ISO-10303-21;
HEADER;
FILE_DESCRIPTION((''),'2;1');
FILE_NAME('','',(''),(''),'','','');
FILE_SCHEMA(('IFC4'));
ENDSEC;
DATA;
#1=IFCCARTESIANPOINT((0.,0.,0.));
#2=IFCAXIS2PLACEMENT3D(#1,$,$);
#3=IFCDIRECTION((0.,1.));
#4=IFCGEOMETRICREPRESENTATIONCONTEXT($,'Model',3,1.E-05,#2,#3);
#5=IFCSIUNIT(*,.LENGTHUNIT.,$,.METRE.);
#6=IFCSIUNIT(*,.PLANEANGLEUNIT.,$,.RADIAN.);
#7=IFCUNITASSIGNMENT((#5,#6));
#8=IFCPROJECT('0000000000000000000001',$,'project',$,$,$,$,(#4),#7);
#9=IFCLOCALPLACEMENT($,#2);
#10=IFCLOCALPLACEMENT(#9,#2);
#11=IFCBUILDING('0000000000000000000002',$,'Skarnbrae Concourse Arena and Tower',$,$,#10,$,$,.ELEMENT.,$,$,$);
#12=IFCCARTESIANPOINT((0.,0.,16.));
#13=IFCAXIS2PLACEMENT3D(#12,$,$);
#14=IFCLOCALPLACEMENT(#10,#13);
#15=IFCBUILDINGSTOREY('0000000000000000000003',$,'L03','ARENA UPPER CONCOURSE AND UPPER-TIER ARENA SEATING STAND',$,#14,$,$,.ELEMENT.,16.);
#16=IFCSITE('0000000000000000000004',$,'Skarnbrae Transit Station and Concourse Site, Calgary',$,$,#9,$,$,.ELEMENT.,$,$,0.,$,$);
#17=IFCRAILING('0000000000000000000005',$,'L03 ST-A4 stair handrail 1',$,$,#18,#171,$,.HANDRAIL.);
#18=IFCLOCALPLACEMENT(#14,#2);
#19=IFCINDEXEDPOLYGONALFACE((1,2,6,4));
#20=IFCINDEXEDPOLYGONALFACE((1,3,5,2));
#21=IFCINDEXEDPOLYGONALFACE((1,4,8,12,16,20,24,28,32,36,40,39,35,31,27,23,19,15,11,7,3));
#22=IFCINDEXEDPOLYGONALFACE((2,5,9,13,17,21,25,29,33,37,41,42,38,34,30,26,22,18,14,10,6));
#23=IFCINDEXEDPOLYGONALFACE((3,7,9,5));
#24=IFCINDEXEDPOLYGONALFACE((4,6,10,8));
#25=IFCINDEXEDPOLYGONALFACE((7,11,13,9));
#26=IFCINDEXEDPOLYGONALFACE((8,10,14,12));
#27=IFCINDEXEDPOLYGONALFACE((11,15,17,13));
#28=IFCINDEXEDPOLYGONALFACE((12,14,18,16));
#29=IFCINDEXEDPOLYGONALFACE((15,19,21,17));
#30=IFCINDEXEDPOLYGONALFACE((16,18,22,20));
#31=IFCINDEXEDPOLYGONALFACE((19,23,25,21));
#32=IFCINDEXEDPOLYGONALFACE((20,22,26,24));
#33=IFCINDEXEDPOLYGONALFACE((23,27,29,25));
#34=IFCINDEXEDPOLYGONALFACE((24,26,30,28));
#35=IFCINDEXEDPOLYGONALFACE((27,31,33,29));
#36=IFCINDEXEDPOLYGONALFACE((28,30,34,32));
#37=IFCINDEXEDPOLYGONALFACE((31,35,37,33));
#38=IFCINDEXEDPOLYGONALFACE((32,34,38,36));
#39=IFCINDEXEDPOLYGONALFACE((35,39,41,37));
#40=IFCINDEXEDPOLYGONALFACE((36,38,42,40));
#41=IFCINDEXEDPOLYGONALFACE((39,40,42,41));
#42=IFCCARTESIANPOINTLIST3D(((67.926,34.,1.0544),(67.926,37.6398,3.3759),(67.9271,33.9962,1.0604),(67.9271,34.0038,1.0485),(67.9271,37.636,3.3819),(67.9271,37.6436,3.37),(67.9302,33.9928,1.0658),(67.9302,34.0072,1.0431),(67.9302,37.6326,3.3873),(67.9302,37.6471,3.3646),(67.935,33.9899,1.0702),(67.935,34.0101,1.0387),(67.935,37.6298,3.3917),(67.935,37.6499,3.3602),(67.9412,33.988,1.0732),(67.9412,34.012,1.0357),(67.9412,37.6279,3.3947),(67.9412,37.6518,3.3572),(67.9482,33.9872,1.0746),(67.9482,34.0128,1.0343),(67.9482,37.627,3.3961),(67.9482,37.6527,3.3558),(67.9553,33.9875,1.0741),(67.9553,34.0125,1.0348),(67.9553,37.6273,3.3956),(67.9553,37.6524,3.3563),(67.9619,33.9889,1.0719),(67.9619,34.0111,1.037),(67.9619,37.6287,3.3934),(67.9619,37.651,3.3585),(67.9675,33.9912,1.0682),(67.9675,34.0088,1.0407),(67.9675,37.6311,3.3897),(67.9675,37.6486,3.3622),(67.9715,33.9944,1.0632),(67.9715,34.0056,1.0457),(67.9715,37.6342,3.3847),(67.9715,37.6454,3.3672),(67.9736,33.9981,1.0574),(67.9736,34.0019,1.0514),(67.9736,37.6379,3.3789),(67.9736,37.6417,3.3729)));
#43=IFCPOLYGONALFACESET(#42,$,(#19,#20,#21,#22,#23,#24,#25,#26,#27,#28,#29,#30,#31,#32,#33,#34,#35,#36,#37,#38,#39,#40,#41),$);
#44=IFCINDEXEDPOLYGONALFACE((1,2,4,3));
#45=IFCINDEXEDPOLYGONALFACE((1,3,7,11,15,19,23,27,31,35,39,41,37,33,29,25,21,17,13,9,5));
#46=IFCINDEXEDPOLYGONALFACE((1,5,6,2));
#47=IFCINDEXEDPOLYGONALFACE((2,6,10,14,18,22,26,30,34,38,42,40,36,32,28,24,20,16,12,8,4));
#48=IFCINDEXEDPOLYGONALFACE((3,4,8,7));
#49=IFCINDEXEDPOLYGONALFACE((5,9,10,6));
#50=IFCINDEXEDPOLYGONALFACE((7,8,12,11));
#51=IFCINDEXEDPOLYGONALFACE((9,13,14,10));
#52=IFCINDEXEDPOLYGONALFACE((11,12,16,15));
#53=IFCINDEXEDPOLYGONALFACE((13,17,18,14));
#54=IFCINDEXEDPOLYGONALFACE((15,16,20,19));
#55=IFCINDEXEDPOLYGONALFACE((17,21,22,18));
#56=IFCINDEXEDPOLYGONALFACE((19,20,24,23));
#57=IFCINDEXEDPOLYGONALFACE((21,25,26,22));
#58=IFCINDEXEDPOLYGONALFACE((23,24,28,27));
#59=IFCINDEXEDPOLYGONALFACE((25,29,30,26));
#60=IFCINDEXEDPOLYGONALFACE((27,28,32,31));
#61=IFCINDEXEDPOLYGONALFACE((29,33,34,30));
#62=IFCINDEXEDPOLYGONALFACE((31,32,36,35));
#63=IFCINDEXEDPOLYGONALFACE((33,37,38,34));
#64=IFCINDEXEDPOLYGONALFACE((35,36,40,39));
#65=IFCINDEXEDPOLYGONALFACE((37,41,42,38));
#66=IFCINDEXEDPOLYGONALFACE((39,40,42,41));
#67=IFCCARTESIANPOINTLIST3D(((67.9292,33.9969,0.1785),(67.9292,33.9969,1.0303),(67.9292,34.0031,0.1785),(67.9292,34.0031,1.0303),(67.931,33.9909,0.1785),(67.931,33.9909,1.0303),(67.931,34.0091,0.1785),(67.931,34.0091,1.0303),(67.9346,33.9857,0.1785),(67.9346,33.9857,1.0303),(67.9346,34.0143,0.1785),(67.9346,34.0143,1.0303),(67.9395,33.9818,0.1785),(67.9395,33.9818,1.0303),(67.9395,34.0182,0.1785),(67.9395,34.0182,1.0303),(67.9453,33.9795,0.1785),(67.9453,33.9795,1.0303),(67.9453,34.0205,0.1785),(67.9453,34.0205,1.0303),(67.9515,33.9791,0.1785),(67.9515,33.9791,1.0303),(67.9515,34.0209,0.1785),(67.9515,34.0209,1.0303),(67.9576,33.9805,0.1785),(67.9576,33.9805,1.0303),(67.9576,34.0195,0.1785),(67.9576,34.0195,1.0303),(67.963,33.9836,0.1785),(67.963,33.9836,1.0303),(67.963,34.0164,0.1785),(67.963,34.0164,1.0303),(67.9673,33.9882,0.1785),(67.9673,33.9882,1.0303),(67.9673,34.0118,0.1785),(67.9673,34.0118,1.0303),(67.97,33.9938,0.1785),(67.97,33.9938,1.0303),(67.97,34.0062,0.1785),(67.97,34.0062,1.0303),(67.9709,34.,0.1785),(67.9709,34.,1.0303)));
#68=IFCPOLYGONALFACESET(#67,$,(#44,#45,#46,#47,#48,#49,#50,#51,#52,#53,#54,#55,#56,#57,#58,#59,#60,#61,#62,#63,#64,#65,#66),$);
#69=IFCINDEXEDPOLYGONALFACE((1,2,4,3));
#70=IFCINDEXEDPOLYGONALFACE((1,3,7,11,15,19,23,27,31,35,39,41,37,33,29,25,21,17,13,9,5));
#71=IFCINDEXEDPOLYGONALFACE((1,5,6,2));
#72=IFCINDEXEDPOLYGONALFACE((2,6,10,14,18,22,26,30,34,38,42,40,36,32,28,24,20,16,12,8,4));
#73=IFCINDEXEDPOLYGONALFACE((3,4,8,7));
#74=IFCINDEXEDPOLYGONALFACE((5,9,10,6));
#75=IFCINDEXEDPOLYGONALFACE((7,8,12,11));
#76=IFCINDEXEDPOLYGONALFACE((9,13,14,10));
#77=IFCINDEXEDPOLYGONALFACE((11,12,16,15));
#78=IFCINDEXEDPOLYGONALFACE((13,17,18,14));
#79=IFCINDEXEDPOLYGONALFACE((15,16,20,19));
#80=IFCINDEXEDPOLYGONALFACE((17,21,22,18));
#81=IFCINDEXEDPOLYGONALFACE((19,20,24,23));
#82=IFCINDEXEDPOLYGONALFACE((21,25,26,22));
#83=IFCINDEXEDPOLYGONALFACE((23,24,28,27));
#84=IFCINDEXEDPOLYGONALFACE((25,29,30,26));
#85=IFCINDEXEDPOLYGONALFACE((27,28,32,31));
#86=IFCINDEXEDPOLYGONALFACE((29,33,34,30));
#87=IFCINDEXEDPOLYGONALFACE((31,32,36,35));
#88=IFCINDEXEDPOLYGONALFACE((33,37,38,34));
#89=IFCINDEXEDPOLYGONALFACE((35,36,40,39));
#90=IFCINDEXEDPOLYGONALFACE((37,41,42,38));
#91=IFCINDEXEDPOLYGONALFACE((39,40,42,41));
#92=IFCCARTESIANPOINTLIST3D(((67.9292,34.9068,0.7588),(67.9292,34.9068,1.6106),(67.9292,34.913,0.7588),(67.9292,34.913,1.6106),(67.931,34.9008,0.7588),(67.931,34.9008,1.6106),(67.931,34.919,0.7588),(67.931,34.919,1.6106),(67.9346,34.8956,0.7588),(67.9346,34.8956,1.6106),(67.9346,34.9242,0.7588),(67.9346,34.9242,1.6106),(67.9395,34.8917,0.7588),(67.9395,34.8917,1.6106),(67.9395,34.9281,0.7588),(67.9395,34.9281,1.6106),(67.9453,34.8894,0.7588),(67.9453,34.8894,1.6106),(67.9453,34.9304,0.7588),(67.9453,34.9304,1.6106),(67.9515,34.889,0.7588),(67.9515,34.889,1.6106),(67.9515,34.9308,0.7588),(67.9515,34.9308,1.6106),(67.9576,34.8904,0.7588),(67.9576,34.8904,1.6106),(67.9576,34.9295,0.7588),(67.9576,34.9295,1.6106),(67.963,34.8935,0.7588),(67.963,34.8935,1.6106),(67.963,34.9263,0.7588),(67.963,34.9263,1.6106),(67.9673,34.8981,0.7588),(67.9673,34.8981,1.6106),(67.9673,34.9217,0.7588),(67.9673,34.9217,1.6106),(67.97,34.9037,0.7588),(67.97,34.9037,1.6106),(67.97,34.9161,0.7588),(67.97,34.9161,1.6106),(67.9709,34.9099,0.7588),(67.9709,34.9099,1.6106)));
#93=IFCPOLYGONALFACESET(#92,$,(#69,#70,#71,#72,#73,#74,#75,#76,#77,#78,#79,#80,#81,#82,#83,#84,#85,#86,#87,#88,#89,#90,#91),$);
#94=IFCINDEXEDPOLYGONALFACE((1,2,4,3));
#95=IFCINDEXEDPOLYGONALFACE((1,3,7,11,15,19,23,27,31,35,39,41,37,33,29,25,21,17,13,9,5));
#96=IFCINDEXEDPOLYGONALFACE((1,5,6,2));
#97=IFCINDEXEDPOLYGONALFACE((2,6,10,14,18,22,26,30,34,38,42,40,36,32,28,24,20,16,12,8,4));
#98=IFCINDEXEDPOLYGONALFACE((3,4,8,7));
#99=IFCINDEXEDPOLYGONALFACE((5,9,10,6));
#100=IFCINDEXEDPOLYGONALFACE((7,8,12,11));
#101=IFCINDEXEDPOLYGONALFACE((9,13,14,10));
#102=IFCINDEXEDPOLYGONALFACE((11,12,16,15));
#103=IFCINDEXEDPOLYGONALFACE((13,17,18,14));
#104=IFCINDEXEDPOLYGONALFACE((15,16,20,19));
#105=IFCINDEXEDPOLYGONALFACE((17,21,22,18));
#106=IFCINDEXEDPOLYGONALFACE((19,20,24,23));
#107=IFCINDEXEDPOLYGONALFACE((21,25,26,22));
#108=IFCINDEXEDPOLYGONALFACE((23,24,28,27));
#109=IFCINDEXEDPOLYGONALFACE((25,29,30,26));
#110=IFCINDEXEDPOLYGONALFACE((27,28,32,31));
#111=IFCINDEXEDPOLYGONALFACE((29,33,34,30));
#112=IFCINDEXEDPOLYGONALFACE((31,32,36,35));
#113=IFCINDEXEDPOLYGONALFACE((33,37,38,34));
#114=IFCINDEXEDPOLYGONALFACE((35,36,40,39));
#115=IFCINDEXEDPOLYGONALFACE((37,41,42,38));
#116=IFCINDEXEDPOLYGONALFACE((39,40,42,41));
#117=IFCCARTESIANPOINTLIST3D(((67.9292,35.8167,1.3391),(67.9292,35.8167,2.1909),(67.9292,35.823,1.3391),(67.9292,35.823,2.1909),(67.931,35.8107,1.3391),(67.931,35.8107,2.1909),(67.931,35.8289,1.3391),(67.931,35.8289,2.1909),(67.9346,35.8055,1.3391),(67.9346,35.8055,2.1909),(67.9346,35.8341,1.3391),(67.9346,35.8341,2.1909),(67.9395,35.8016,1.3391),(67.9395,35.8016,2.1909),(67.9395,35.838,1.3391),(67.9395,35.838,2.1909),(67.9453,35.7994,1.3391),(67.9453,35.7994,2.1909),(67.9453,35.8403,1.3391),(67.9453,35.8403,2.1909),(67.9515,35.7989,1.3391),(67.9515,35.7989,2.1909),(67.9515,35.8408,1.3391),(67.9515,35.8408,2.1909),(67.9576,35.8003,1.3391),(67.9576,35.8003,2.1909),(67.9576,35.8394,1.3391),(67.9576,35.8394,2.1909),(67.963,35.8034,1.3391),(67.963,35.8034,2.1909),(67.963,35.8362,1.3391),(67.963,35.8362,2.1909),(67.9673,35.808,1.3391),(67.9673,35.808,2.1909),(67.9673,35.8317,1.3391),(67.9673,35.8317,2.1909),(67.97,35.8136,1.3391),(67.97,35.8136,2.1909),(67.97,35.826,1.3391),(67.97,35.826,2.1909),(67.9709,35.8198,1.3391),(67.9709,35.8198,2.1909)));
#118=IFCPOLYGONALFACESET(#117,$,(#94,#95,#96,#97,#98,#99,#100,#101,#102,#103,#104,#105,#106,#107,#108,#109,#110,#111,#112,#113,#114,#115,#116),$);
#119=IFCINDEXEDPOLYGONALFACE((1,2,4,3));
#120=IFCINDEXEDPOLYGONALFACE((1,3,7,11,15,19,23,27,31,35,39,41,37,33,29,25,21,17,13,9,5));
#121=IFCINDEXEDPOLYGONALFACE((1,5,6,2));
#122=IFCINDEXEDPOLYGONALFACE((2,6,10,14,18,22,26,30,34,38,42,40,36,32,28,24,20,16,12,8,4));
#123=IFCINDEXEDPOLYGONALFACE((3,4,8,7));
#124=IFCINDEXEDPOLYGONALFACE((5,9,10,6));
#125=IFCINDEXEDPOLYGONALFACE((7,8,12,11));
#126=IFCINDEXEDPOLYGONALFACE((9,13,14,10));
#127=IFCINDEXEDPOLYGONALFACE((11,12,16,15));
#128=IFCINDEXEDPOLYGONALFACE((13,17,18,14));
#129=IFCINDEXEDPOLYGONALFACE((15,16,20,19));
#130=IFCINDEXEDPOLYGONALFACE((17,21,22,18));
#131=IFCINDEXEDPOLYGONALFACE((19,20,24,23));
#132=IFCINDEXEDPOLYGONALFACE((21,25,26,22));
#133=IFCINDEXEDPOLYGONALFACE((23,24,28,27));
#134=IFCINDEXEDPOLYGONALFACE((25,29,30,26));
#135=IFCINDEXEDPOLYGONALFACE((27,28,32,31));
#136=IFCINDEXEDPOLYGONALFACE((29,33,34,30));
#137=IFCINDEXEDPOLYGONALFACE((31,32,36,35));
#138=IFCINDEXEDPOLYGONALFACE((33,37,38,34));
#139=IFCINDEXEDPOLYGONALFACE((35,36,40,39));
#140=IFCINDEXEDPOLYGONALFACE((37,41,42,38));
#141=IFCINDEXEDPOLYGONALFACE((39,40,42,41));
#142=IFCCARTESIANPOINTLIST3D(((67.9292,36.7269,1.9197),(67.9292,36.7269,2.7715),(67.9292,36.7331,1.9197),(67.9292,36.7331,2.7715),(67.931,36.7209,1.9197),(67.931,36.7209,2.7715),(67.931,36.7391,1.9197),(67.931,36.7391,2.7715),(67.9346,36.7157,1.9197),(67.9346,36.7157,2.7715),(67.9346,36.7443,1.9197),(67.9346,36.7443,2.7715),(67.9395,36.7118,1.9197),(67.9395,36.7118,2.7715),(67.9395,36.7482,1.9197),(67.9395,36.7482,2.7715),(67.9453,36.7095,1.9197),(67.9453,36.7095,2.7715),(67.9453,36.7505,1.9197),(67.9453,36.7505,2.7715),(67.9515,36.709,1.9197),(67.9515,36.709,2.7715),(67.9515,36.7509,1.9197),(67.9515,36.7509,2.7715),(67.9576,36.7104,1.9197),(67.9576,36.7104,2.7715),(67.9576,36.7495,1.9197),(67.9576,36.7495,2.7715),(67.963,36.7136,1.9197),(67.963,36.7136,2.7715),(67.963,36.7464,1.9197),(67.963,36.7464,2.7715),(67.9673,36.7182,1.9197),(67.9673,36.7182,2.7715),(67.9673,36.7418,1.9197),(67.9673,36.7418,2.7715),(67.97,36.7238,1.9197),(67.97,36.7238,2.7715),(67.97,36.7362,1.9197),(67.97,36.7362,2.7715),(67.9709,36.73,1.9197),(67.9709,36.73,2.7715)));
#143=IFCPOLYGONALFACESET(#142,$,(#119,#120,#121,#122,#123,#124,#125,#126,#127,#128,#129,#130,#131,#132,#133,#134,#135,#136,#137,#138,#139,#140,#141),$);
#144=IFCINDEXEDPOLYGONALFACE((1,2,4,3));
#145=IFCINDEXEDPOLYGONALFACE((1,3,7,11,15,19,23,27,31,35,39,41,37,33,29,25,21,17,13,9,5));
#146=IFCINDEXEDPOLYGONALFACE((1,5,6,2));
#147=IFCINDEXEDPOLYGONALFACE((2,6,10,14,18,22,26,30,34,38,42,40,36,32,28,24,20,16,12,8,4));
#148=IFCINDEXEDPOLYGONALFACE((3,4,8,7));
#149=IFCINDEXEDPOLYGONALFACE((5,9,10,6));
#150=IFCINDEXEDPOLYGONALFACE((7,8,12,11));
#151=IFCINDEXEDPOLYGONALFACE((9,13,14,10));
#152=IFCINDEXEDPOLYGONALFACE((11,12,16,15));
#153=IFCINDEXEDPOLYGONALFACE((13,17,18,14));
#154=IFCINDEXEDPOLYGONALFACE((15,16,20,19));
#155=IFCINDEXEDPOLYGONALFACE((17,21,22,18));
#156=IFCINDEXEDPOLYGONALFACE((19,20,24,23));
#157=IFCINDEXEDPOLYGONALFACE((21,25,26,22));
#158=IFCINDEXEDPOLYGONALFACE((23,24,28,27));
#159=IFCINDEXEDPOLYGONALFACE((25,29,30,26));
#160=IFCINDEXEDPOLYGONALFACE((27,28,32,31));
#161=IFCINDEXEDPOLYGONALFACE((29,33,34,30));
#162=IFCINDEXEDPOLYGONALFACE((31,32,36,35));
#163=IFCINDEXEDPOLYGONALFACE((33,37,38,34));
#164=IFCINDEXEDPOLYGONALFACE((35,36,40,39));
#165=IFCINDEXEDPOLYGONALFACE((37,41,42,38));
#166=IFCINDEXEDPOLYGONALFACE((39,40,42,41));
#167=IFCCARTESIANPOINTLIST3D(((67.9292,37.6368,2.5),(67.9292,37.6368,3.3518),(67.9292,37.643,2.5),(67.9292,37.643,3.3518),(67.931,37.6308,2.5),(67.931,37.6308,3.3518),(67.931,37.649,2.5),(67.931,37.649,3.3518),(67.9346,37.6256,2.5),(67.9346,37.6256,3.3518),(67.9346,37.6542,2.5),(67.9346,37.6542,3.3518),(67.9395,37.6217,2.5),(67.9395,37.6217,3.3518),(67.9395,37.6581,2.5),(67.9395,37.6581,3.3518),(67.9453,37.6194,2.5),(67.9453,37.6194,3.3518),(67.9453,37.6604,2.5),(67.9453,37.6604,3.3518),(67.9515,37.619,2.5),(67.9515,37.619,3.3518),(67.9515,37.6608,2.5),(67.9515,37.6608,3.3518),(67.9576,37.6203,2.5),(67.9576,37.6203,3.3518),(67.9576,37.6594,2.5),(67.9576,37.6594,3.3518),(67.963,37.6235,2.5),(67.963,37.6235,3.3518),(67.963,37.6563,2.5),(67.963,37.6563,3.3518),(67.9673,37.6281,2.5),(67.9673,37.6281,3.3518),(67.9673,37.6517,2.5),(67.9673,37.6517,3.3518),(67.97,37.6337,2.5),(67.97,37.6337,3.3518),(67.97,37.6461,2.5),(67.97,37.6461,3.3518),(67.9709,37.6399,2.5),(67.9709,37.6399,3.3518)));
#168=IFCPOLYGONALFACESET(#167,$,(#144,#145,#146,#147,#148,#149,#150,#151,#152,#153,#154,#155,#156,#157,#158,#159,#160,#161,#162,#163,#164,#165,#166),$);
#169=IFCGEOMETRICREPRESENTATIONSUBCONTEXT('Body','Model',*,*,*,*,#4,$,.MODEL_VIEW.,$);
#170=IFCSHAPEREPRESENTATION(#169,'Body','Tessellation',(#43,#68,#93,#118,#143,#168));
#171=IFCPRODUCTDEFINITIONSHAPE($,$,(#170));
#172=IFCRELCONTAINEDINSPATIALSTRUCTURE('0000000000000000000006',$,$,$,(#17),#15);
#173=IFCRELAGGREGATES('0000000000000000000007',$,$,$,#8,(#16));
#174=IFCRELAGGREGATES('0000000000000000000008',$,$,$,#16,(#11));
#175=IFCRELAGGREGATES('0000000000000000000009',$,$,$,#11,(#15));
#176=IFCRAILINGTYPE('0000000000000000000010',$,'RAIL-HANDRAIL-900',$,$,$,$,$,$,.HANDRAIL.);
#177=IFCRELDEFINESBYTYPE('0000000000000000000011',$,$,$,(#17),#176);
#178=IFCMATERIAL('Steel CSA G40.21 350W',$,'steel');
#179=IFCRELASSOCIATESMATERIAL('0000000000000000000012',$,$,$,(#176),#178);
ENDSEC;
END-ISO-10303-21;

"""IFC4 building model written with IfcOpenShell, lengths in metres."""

from ifc_helpers import new_model, si_unit, direction, frame, origin, origin_2d, place, context, subcontext, project, spatial, circle, extrude, material, type_object, element, save


model = new_model("IFC4")

# Units and contexts
model_context = context("Model", 3, precision=1e-05, world=origin(), true_north=direction((0.0, 1.0)))
body_context = subcontext(model_context, "Body", "Model", "MODEL_VIEW")
ifc_project = project(units=[si_unit("LENGTHUNIT", "METRE"), si_unit("PLANEANGLEUNIT", "RADIAN")], contexts=[model_context])

# Site, building, storey
site_placement = place(None, origin())
site = spatial("IfcSite", under=ifc_project, at=site_placement, Name="Skarnbrae Transit Station and Concourse Site, Calgary", CompositionType="ELEMENT", RefElevation=0.0)
building_placement = place(site_placement, origin())
building = spatial("IfcBuilding", under=site, at=building_placement, Name="Skarnbrae Concourse Arena and Tower", CompositionType="ELEMENT")
storey_placement = place(building_placement, frame((0.0, 0.0, 16.0)))
storey = spatial("IfcBuildingStorey", under=building, at=storey_placement, Name="L03", Description="ARENA UPPER CONCOURSE AND UPPER-TIER ARENA SEATING STAND", CompositionType="ELEMENT", Elevation=16.0)

# Shared definitions
ifc_material_1 = material(Name="Steel CSA G40.21 350W", Category="steel")

# Railing
railing_type_1 = type_object("IfcRailingType", Name="RAIL-HANDRAIL-900", PredefinedType="HANDRAIL", material=ifc_material_1)
railing_1_placement = place(storey_placement, frame((67.95, 34.0, 0.1785)))
element("IfcRailing", 1, at=railing_1_placement, inside=storey, type_object=railing_type_1, Name="L03 ST-A4 stair handrail 1", PredefinedType="HANDRAIL", context=body_context, shape_type="SweptSolid", body=[
    extrude(circle(Radius=0.0239, at=origin_2d()), frame((0.0, 0.0, 0.876), z_axis=(0.0, 0.843112, 0.537739), x_axis=(-1.0, 0.0, 0.0)), (0.0, 0.0, 1.0), 4.3171),
    extrude(circle(Radius=0.021, at=origin_2d()), origin(), (0.0, 0.0, 1.0), 0.8518),
    extrude(circle(Radius=0.021, at=origin_2d()), frame((0.0, 0.9099, 0.5803)), (0.0, 0.0, 1.0), 0.8518),
    extrude(circle(Radius=0.021, at=origin_2d()), frame((0.0, 1.8198, 1.1606)), (0.0, 0.0, 1.0), 0.8518),
    extrude(circle(Radius=0.021, at=origin_2d()), frame((0.0, 2.73, 1.7412)), (0.0, 0.0, 1.0), 0.8518),
    extrude(circle(Radius=0.021, at=origin_2d()), frame((0.0, 3.6399, 2.3215)), (0.0, 0.0, 1.0), 0.8518),
])

save(model, "model.ifc")
